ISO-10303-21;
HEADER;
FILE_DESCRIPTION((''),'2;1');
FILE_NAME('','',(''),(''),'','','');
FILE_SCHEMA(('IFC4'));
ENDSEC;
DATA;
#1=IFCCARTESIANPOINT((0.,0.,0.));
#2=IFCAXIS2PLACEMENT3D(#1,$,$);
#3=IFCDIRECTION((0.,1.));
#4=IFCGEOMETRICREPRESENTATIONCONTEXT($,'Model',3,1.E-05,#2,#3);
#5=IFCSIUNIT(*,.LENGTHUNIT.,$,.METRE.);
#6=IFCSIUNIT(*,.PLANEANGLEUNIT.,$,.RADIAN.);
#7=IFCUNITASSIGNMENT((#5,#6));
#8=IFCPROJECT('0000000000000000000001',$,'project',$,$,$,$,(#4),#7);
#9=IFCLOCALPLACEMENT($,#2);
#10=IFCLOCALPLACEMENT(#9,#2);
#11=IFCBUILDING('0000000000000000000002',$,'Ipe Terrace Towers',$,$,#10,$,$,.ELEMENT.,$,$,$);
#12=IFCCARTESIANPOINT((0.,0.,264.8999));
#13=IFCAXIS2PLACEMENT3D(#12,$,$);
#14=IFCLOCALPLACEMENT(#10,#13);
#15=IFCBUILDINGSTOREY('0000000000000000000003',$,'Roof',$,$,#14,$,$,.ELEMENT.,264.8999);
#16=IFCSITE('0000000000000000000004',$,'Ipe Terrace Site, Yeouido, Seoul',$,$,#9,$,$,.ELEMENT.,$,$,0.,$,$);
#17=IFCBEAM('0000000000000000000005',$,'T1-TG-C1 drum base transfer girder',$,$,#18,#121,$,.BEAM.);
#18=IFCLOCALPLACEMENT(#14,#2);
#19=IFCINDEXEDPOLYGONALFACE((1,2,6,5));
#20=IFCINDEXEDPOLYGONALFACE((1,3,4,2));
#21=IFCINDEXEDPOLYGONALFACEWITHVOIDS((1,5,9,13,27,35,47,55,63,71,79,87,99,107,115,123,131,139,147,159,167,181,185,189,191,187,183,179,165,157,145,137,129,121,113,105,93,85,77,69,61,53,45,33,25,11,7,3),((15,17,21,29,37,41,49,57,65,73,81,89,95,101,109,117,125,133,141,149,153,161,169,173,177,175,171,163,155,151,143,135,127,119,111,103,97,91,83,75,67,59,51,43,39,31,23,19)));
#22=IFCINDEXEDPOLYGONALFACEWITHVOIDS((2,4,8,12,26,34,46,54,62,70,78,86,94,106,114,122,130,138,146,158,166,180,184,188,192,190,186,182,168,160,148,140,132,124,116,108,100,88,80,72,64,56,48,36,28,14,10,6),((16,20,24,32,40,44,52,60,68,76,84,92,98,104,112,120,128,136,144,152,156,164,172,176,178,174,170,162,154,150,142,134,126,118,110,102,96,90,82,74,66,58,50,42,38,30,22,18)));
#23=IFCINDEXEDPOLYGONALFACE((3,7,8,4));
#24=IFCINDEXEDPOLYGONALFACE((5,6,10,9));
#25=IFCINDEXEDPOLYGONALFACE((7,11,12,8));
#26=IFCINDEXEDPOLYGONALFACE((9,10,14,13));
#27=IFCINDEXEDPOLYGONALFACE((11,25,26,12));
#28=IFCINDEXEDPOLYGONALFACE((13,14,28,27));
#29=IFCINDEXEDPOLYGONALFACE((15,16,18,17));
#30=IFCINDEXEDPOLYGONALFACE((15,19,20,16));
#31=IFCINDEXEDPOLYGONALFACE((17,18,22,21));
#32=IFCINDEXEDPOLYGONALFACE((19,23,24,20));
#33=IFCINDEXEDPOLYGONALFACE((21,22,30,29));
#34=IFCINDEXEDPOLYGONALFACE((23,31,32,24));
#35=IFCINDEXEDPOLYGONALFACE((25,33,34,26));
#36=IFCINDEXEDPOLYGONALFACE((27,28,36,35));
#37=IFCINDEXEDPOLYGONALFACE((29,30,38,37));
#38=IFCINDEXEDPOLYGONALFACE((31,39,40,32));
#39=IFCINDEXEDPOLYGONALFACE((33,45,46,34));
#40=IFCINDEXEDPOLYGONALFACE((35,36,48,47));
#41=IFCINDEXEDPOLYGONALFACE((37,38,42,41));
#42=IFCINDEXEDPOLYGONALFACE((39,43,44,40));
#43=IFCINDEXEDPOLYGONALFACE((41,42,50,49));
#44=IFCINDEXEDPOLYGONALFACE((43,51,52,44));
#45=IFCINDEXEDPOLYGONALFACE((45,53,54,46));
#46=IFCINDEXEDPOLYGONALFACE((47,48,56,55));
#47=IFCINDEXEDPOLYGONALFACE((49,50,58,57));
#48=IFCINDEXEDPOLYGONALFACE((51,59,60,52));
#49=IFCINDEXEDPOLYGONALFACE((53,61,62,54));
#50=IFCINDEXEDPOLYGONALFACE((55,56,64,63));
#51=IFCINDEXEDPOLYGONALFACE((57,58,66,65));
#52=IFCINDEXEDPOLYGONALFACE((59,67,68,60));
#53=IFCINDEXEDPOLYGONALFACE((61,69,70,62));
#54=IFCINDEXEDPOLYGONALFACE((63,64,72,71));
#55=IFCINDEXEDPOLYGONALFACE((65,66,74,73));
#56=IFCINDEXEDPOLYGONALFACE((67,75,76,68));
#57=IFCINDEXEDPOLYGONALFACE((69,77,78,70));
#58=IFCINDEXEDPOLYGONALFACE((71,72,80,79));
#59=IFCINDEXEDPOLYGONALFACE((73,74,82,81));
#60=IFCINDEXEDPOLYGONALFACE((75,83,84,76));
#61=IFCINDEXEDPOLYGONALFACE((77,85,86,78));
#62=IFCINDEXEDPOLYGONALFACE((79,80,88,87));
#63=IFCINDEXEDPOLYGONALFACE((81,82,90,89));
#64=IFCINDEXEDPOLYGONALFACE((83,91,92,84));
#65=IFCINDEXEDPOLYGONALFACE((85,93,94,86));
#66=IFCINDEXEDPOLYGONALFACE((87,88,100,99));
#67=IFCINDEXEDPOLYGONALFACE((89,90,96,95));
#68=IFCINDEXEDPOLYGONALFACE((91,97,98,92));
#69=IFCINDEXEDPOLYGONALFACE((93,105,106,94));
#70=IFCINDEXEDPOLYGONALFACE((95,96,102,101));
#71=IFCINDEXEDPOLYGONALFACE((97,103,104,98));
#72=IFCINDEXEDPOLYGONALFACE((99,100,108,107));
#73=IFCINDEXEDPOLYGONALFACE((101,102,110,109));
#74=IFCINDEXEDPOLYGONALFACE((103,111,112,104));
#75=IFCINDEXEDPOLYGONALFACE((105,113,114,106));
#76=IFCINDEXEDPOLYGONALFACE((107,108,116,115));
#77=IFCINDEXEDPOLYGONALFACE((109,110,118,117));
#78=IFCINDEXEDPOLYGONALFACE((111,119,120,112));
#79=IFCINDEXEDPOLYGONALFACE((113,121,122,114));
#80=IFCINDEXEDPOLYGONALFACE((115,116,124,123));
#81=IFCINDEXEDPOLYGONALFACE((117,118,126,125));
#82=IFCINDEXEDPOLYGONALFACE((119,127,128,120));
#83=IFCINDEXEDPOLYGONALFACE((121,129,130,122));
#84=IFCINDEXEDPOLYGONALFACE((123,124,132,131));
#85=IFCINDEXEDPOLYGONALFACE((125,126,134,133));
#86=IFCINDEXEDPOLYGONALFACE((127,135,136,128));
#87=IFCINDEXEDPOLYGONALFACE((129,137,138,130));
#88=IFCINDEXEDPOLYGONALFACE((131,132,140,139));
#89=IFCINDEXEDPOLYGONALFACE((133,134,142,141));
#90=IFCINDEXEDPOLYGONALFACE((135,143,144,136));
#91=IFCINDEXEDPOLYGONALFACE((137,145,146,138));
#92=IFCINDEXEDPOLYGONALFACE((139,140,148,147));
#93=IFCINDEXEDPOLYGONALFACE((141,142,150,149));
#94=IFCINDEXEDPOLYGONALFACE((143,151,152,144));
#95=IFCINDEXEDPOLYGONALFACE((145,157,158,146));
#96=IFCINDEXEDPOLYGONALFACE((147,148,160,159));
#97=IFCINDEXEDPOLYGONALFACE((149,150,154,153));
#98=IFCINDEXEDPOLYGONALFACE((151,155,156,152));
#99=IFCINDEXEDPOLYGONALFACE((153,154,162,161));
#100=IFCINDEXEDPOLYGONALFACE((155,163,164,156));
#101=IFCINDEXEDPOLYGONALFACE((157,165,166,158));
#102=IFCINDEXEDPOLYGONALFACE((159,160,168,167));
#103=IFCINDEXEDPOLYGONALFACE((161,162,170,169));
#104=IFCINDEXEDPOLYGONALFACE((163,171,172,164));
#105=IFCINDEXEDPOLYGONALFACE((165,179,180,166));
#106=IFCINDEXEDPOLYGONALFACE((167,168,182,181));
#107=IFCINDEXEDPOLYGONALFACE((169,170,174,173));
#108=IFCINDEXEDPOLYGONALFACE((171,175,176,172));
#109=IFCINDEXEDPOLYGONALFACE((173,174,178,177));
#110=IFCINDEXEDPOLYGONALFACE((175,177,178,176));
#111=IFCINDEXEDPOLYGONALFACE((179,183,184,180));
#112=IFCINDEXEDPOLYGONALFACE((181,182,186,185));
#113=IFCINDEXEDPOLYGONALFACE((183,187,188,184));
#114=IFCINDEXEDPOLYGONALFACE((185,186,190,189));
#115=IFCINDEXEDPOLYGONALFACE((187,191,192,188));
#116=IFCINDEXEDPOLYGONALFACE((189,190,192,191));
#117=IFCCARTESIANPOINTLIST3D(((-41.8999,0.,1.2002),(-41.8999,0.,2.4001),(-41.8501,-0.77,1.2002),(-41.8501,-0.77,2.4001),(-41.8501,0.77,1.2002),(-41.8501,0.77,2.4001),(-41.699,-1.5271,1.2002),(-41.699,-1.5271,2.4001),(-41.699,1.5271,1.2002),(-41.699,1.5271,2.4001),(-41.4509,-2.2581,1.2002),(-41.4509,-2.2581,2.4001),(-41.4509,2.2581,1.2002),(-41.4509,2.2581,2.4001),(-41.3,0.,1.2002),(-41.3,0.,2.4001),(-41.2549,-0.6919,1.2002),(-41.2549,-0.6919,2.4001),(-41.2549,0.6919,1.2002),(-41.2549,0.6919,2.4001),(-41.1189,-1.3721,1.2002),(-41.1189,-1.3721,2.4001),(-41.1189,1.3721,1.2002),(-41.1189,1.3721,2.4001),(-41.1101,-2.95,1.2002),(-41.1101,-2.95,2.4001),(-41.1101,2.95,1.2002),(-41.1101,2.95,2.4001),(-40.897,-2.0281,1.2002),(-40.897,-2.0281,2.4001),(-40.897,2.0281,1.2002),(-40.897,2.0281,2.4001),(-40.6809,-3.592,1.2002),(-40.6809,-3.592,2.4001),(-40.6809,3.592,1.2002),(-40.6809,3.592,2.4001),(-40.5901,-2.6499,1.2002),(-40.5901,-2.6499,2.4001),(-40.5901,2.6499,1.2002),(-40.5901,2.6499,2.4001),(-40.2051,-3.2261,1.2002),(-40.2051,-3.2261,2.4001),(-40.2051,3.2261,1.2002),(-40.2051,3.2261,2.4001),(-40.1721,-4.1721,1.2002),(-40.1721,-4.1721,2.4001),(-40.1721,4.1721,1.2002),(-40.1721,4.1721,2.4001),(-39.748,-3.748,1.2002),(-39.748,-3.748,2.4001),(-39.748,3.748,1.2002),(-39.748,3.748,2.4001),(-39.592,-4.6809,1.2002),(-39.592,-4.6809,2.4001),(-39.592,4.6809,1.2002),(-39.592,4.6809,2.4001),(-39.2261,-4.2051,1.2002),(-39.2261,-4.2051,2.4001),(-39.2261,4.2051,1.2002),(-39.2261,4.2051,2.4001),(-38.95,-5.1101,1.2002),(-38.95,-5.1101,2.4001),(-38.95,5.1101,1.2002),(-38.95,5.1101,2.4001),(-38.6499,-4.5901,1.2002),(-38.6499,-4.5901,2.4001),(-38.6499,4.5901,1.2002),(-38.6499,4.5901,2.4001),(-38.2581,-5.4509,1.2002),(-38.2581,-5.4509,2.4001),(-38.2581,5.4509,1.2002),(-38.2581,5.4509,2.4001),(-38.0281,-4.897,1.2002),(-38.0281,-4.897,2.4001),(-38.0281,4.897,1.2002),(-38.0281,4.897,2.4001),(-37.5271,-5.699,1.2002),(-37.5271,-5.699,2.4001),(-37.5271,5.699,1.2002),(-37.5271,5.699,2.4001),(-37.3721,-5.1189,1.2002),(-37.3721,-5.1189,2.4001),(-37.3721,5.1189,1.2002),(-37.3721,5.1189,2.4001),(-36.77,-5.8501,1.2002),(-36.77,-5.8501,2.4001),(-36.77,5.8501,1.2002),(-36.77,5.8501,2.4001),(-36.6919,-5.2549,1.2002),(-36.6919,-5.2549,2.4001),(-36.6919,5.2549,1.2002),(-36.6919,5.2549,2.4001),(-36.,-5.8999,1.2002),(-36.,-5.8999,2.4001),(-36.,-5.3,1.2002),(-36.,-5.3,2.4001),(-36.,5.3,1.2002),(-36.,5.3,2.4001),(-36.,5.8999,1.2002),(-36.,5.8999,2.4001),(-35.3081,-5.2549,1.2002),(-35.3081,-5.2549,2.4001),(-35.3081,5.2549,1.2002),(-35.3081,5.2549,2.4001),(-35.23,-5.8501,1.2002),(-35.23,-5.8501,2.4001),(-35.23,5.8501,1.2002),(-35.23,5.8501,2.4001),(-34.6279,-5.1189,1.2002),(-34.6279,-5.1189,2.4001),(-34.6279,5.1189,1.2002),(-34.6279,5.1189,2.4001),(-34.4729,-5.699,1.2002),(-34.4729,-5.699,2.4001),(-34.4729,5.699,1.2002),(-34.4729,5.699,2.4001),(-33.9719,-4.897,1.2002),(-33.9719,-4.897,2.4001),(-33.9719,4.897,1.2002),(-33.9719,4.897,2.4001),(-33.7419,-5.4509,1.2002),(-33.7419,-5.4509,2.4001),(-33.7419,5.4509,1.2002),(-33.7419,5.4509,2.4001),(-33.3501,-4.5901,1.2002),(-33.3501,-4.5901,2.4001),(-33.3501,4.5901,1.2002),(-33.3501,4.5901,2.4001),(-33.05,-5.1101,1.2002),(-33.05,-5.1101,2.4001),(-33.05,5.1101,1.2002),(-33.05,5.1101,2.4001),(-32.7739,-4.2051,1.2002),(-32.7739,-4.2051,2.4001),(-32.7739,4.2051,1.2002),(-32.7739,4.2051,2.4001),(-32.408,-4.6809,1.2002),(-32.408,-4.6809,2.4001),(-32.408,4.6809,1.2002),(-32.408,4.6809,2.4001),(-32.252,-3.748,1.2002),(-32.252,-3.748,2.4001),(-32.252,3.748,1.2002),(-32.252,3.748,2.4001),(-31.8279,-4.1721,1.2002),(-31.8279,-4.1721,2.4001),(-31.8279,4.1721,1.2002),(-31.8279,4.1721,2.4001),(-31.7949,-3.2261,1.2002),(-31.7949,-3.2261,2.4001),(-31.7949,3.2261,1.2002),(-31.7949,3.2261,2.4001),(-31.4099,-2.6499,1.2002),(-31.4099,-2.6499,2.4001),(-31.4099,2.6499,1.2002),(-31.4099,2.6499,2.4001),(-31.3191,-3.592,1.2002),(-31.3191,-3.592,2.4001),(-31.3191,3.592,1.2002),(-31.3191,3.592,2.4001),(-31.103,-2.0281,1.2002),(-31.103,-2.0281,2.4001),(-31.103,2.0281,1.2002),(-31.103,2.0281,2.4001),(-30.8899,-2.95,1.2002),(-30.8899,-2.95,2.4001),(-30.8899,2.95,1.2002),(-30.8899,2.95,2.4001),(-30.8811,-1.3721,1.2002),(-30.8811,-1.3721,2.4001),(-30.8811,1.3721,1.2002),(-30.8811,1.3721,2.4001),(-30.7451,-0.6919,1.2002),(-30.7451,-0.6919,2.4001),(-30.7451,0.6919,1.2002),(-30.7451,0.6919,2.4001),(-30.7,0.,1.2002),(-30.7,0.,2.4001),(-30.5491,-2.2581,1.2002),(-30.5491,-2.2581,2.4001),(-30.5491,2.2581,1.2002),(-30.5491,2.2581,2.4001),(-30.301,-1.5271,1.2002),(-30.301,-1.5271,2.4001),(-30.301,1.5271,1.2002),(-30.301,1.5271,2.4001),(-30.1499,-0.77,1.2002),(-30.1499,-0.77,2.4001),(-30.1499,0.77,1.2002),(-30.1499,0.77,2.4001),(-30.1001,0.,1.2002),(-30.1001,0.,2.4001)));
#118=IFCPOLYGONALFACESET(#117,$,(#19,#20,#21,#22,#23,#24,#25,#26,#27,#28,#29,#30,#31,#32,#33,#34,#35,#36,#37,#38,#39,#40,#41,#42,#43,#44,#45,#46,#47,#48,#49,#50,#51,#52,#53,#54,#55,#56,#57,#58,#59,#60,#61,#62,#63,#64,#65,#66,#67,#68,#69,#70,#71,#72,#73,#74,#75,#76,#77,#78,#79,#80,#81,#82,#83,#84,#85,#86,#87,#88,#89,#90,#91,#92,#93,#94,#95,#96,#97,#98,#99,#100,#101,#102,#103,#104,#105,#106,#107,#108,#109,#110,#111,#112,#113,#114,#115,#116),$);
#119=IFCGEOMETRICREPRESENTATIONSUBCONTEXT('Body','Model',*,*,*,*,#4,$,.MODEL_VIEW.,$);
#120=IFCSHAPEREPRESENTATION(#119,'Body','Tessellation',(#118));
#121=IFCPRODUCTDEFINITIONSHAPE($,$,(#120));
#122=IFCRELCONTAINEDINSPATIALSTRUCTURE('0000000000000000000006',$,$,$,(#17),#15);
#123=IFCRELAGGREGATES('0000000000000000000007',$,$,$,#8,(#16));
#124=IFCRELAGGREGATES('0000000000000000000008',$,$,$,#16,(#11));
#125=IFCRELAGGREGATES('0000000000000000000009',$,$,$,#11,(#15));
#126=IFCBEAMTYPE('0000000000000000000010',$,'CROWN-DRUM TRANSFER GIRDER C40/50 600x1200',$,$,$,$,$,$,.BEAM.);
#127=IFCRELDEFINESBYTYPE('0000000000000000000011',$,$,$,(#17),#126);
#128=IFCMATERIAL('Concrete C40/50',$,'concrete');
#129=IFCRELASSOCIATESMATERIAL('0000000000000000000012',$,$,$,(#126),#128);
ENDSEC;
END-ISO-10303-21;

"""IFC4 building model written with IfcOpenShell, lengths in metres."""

from ifc_helpers import new_model, si_unit, direction, frame, origin, place, context, subcontext, project, spatial, polyline, outline, extrude, material, type_object, element, save


model = new_model("IFC4")

# Units and contexts
model_context = context("Model", 3, precision=1e-05, world=origin(), true_north=direction((0.0, 1.0)))
body_context = subcontext(model_context, "Body", "Model", "MODEL_VIEW")
ifc_project = project(units=[si_unit("LENGTHUNIT", "METRE"), si_unit("PLANEANGLEUNIT", "RADIAN")], contexts=[model_context])

# Site, building, storey
site_placement = place(None, origin())
site = spatial("IfcSite", under=ifc_project, at=site_placement, Name="Ipe Terrace Site, Yeouido, Seoul", CompositionType="ELEMENT", RefElevation=0.0)
building_placement = place(site_placement, origin())
building = spatial("IfcBuilding", under=site, at=building_placement, Name="Ipe Terrace Towers", CompositionType="ELEMENT")
storey_placement = place(building_placement, frame((0.0, 0.0, 264.8999)))
storey = spatial("IfcBuildingStorey", under=building, at=storey_placement, Name="Roof", CompositionType="ELEMENT", Elevation=264.8999)

# Beam
ifc_material_1 = material(Name="Concrete C40/50", Category="concrete")
beam_type_1 = type_object("IfcBeamType", Name="CROWN-DRUM TRANSFER GIRDER C40/50 600x1200", PredefinedType="BEAM", material=ifc_material_1)
beam_1_placement = place(storey_placement, frame((0.0, 0.0, 1.2002)))
element("IfcBeam", 1, at=beam_1_placement, inside=storey, type_object=beam_type_1, Name="T1-TG-C1 drum base transfer girder", PredefinedType="BEAM", context=body_context, shape_type="SweptSolid", body=[
    extrude(outline(polyline([(-30.1001, 0.0), (-30.1499, 0.77), (-30.301, 1.5271), (-30.5491, 2.2581), (-30.8899, 2.95), (-31.3191, 3.592), (-31.8279, 4.1721), (-32.408, 4.6809), (-33.05, 5.1101), (-33.7419, 5.4509), (-34.4729, 5.699), (-35.23, 5.8501), (-36.0, 5.8999), (-36.77, 5.8501), (-37.5271, 5.699), (-38.2581, 5.4509), (-38.95, 5.1101), (-39.592, 4.6809), (-40.1721, 4.1721), (-40.6809, 3.592), (-41.1101, 2.95), (-41.4509, 2.2581), (-41.699, 1.5271), (-41.8501, 0.77), (-41.8999, 0.0), (-41.8501, -0.77), (-41.699, -1.5271), (-41.4509, -2.2581), (-41.1101, -2.95), (-40.6809, -3.592), (-40.1721, -4.1721), (-39.592, -4.6809), (-38.95, -5.1101), (-38.2581, -5.4509), (-37.5271, -5.699), (-36.77, -5.8501), (-36.0, -5.8999), (-35.23, -5.8501), (-34.4729, -5.699), (-33.7419, -5.4509), (-33.05, -5.1101), (-32.408, -4.6809), (-31.8279, -4.1721), (-31.3191, -3.592), (-30.8899, -2.95), (-30.5491, -2.2581), (-30.301, -1.5271), (-30.1499, -0.77), (-30.1001, 0.0)]), holes=[polyline([(-30.7, 0.0), (-30.7451, 0.6919), (-30.8811, 1.3721), (-31.103, 2.0281), (-31.4099, 2.6499), (-31.7949, 3.2261), (-32.252, 3.748), (-32.7739, 4.2051), (-33.3501, 4.5901), (-33.9719, 4.897), (-34.6279, 5.1189), (-35.3081, 5.2549), (-36.0, 5.3), (-36.6919, 5.2549), (-37.3721, 5.1189), (-38.0281, 4.897), (-38.6499, 4.5901), (-39.2261, 4.2051), (-39.748, 3.748), (-40.2051, 3.2261), (-40.5901, 2.6499), (-40.897, 2.0281), (-41.1189, 1.3721), (-41.2549, 0.6919), (-41.3, 0.0), (-41.2549, -0.6919), (-41.1189, -1.3721), (-40.897, -2.0281), (-40.5901, -2.6499), (-40.2051, -3.2261), (-39.748, -3.748), (-39.2261, -4.2051), (-38.6499, -4.5901), (-38.0281, -4.897), (-37.3721, -5.1189), (-36.6919, -5.2549), (-36.0, -5.3), (-35.3081, -5.2549), (-34.6279, -5.1189), (-33.9719, -4.897), (-33.3501, -4.5901), (-32.7739, -4.2051), (-32.252, -3.748), (-31.7949, -3.2261), (-31.4099, -2.6499), (-31.103, -2.0281), (-30.8811, -1.3721), (-30.7451, -0.6919), (-30.7, 0.0)])]), origin(), (0.0, 0.0, 1.0), 1.2),
])

save(model, "model.ifc")
